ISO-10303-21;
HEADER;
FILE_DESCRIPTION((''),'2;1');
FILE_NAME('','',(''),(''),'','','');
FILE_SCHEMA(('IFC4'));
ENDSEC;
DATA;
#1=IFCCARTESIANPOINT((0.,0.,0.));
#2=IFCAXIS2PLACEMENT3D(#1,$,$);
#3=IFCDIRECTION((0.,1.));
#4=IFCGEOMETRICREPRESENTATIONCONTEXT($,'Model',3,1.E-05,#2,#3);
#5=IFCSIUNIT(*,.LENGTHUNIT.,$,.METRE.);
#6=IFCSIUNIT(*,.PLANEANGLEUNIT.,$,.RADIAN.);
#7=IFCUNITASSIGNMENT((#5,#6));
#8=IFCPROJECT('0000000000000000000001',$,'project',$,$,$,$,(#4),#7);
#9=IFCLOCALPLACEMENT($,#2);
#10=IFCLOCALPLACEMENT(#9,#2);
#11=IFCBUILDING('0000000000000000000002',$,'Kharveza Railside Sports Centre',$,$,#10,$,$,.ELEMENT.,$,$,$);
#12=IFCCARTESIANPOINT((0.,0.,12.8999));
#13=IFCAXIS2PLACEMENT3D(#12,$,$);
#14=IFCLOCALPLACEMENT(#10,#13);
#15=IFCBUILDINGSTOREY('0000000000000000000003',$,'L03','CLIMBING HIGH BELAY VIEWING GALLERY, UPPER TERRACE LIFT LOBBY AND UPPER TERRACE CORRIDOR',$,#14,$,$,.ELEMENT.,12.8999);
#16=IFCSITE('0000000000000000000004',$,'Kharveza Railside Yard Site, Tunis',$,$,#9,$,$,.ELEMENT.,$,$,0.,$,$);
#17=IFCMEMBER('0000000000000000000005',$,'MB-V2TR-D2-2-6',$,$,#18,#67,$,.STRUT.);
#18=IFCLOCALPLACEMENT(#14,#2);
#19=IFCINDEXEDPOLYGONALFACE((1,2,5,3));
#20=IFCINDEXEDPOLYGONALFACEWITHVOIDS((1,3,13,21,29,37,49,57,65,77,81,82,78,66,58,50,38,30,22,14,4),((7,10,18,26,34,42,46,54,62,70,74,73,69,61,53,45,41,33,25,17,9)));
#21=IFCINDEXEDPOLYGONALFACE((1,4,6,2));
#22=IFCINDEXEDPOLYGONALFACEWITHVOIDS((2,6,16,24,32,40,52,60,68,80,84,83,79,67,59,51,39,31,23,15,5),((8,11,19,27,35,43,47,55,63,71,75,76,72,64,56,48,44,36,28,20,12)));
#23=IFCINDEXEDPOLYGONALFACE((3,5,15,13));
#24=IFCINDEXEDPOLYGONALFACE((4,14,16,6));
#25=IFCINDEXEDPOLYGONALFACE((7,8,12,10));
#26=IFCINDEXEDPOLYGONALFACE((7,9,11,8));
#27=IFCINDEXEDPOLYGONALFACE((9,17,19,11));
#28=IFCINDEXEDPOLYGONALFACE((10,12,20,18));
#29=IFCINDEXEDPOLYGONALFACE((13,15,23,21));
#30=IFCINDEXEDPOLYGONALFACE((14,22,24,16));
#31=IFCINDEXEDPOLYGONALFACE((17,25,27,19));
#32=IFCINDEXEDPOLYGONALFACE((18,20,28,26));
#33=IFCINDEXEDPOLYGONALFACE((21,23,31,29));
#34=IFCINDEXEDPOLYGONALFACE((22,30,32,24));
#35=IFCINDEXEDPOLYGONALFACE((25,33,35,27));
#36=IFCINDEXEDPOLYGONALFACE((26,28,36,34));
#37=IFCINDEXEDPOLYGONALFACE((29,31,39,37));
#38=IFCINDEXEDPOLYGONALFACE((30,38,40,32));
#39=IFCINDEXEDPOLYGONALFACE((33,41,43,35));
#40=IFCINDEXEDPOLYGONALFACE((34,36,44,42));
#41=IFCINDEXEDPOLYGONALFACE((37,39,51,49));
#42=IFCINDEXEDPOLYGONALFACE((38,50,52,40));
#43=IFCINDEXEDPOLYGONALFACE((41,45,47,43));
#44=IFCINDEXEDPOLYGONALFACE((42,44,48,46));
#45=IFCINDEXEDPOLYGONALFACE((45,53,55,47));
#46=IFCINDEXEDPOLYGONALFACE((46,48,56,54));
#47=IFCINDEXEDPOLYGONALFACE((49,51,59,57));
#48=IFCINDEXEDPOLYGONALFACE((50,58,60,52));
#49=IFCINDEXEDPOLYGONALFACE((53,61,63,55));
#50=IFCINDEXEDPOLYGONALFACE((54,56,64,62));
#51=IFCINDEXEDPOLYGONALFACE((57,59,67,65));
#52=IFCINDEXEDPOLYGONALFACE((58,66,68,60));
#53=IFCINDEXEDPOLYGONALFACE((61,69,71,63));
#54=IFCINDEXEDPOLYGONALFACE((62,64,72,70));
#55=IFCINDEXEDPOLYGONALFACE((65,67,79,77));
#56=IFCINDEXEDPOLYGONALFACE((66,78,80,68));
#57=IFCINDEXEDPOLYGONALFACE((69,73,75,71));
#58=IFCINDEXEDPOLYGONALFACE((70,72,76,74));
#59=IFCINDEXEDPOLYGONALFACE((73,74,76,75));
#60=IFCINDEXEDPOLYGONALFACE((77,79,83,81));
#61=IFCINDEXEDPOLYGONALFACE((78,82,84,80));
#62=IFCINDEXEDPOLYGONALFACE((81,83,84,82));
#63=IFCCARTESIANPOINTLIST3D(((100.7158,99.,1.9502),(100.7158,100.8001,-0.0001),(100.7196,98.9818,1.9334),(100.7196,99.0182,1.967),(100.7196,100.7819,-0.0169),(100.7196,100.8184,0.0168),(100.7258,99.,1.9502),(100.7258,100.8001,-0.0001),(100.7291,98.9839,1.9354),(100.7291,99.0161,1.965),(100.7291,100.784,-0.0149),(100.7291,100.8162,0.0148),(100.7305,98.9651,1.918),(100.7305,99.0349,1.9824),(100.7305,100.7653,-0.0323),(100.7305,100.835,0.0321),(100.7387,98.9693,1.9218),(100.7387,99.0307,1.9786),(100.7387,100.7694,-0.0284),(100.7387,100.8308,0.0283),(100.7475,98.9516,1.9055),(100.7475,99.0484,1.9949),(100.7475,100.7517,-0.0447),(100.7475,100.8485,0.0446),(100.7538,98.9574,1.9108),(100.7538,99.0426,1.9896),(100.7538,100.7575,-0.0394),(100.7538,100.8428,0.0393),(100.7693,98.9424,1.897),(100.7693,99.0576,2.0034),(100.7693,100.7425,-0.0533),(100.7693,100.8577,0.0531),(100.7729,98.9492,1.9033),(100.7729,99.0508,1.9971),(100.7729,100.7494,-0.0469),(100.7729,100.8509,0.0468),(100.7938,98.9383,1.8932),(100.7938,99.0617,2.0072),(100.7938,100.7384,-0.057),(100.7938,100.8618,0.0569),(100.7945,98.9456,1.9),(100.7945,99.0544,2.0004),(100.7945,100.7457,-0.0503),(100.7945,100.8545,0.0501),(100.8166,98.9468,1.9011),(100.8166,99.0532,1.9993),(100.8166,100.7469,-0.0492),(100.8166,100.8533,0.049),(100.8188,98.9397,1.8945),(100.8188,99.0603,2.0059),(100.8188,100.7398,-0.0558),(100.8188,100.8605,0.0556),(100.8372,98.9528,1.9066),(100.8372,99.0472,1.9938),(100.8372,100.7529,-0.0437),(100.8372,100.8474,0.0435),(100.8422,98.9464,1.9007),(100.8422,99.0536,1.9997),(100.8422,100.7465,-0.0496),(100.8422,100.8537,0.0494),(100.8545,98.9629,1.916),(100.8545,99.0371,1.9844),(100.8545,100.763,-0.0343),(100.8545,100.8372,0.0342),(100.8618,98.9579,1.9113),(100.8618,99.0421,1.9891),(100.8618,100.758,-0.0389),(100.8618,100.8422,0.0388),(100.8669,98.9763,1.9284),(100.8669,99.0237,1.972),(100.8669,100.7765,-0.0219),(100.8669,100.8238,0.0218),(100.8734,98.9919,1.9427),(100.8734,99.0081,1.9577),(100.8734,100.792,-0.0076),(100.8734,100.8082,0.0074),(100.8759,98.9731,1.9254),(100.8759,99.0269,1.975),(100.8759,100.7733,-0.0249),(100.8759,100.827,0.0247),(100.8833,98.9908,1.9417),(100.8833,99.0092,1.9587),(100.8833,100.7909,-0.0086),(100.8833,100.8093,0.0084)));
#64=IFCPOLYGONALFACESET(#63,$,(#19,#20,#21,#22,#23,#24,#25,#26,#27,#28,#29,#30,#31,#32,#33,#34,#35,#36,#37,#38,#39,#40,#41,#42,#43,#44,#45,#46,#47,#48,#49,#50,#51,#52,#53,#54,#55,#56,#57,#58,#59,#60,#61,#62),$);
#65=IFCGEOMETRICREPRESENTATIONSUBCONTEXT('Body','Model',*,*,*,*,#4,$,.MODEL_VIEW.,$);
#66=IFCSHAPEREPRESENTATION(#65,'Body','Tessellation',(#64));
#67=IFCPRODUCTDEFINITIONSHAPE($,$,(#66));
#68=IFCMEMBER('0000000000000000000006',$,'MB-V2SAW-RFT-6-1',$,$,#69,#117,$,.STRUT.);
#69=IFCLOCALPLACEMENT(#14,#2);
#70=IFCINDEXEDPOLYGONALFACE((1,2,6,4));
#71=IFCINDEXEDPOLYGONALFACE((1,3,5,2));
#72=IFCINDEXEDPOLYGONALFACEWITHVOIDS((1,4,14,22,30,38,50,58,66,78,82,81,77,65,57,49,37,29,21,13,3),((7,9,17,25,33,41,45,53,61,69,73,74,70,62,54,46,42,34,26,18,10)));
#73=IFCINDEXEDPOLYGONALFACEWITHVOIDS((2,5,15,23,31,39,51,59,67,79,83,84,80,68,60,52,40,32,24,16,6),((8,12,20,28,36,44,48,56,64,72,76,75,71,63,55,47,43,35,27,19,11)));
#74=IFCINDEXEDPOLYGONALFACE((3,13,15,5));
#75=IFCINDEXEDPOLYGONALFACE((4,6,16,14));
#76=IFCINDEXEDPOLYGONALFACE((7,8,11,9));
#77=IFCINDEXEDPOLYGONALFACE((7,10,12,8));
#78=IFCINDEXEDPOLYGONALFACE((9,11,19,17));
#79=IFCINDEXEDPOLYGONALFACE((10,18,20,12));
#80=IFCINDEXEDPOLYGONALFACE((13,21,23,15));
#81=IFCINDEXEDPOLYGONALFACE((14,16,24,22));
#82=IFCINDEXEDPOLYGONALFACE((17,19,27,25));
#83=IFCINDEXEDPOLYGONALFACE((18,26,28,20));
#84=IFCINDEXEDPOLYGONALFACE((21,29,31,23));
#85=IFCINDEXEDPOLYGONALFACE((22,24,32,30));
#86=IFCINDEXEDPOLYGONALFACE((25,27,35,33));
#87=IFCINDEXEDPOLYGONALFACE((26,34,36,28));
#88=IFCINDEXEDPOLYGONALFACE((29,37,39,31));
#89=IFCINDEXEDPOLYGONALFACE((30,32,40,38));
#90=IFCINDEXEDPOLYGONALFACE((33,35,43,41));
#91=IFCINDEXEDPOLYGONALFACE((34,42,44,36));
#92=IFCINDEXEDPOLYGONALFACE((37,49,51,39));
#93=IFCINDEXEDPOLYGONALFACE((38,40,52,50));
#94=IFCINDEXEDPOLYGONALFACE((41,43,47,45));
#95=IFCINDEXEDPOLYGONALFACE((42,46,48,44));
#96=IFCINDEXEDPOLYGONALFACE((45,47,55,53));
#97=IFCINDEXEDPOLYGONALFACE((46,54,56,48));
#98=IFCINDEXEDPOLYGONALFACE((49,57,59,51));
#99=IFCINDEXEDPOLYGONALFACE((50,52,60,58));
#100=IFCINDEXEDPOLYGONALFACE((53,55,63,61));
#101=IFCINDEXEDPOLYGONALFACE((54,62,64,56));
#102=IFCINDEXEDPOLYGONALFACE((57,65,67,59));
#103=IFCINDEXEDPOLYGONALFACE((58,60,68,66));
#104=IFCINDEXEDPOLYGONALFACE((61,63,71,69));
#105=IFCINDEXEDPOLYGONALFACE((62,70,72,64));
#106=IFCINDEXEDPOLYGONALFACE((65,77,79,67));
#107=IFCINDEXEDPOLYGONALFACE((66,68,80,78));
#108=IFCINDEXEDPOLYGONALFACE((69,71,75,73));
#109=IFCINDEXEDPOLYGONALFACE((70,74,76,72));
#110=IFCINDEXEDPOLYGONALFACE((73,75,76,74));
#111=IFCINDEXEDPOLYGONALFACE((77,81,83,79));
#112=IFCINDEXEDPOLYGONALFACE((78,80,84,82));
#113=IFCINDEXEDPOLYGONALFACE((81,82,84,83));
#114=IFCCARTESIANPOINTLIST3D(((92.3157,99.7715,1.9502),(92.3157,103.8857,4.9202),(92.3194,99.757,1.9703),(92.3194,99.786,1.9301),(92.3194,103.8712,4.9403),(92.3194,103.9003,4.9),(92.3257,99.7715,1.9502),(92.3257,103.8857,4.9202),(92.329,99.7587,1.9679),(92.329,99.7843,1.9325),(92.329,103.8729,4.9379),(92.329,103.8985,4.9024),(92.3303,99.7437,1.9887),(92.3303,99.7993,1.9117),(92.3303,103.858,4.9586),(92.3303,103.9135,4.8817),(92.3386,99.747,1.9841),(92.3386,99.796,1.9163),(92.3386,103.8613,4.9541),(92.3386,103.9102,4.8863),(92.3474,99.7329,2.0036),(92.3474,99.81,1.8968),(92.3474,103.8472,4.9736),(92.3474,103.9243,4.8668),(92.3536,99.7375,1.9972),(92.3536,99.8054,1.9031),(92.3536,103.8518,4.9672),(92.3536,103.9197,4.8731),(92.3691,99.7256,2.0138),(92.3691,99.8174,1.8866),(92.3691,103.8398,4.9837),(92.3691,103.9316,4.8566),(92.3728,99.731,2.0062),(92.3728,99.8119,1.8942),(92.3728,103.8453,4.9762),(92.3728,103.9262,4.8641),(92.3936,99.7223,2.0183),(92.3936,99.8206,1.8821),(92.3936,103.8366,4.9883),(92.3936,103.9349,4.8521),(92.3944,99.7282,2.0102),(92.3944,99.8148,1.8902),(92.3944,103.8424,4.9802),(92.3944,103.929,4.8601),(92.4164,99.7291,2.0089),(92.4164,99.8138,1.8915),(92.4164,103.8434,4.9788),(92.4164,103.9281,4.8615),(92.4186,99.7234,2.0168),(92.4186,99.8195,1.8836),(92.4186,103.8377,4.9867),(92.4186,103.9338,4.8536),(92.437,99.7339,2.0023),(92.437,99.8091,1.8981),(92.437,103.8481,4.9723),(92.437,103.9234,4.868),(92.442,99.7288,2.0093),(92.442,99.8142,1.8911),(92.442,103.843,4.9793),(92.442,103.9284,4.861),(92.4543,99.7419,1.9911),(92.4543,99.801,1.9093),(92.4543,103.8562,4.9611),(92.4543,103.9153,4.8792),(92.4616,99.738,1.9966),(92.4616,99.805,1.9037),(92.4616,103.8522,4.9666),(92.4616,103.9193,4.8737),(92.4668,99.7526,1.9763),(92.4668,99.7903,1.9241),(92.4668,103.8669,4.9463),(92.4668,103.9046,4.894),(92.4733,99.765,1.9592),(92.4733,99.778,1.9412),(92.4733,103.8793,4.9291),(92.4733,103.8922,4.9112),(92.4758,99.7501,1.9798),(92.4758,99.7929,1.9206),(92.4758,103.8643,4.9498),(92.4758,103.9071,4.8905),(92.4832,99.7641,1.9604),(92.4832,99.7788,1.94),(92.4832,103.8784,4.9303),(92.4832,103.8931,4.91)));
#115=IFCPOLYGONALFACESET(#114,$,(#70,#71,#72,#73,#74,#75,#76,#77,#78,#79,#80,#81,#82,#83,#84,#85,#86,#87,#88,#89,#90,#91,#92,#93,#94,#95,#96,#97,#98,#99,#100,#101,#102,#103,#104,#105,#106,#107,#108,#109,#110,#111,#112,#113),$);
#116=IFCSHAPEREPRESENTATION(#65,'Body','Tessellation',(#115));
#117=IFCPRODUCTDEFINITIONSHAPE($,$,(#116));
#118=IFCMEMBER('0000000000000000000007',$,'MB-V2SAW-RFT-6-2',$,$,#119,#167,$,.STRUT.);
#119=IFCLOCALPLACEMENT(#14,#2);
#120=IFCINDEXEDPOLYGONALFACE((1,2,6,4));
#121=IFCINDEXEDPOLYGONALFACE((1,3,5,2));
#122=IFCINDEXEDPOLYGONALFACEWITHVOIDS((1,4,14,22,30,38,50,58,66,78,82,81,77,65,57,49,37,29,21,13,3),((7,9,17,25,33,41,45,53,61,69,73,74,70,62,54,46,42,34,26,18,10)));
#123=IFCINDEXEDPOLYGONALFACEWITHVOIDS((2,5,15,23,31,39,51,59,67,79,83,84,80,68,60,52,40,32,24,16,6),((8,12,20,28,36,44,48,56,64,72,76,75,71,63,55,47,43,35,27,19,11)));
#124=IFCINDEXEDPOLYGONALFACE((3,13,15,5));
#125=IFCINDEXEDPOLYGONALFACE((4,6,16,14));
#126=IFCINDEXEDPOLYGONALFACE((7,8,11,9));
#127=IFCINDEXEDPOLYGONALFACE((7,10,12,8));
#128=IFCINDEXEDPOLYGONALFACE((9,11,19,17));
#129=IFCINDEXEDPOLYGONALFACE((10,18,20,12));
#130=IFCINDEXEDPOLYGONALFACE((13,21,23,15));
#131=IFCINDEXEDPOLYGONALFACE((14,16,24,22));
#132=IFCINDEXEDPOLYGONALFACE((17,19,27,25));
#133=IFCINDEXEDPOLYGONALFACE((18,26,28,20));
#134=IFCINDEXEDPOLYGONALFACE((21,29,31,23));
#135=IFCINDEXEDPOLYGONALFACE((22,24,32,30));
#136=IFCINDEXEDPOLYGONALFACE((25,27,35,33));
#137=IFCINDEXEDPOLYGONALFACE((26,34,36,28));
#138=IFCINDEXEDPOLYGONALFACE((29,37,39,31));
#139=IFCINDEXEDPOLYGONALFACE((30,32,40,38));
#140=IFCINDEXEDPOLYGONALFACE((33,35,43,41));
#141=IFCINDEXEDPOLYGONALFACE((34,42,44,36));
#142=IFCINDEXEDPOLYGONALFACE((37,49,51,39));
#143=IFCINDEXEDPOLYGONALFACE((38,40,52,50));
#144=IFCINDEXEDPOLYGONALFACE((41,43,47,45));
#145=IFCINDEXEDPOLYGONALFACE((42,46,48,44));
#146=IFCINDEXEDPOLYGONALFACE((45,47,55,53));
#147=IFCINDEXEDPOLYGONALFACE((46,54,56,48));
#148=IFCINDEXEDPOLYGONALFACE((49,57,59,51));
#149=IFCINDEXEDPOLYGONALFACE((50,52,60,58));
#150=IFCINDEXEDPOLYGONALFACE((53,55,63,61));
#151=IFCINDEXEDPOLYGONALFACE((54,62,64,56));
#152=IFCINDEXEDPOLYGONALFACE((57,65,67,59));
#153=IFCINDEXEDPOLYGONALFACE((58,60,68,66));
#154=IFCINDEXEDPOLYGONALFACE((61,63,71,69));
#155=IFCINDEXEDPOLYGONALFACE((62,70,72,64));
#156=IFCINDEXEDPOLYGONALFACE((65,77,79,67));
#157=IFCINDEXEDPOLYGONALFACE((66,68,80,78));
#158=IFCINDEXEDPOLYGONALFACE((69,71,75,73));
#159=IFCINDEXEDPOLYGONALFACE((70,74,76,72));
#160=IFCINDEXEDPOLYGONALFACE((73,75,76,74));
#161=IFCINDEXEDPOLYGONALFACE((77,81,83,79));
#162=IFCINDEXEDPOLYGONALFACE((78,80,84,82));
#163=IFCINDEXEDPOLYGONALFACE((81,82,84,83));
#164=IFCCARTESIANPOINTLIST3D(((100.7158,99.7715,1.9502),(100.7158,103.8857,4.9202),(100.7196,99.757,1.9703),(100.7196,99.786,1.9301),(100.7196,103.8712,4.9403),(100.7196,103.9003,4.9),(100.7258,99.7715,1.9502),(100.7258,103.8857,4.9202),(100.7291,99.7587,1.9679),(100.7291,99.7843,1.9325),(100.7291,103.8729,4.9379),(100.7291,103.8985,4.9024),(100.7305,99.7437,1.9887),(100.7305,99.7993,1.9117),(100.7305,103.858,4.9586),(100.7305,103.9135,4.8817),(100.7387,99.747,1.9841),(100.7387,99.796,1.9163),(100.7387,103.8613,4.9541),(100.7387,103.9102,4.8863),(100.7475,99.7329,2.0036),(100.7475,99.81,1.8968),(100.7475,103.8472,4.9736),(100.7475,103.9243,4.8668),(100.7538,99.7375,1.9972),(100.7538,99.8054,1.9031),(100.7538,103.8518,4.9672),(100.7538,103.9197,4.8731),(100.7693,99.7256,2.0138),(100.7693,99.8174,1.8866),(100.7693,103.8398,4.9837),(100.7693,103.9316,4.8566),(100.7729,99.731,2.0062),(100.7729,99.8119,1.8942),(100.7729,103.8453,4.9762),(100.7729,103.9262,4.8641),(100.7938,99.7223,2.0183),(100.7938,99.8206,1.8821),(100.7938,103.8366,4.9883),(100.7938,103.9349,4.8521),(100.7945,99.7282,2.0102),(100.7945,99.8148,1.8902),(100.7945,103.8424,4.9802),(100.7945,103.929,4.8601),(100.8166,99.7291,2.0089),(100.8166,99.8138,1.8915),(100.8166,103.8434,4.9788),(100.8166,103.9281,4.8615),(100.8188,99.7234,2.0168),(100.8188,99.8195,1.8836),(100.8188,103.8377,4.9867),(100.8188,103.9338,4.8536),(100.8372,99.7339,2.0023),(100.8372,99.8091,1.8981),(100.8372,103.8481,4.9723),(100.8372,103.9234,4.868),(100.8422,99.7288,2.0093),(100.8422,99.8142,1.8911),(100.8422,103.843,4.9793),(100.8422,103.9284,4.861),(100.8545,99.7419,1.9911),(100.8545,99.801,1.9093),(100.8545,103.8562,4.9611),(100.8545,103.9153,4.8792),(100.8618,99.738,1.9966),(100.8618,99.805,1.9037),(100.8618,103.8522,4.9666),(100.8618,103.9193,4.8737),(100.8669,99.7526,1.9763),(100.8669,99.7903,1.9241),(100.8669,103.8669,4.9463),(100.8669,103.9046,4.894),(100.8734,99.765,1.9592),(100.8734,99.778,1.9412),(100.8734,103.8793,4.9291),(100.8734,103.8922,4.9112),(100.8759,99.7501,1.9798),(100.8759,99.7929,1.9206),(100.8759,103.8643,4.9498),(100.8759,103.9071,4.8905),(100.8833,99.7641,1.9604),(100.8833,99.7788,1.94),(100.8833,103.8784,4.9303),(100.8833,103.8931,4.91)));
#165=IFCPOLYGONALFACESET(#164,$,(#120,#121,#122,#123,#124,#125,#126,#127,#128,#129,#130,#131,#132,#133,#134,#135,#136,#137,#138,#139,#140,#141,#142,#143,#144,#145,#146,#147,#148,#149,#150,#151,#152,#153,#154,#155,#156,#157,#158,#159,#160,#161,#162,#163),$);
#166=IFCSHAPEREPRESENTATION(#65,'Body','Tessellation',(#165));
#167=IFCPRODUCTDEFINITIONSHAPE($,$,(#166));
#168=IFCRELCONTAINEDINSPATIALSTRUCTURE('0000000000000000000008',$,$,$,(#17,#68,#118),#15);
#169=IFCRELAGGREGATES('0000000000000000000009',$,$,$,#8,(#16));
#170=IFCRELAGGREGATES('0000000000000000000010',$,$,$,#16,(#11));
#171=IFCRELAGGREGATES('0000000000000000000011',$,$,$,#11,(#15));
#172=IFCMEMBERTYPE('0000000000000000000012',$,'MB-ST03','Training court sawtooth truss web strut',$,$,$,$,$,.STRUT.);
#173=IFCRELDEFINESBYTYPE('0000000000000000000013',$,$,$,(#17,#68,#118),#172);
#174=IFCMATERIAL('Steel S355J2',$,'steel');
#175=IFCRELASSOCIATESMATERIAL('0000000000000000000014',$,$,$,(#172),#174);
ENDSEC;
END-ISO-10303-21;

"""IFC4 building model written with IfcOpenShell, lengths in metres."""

from ifc_helpers import new_model, si_unit, direction, frame, origin, origin_2d, place, context, subcontext, project, spatial, hollow_circle, extrude, material, material_profile, profile_set, type_object, element, save


model = new_model("IFC4")

# Units and contexts
model_context = context("Model", 3, precision=1e-05, world=origin(), true_north=direction((0.0, 1.0)))
body_context = subcontext(model_context, "Body", "Model", "MODEL_VIEW")
ifc_project = project(units=[si_unit("LENGTHUNIT", "METRE"), si_unit("PLANEANGLEUNIT", "RADIAN")], contexts=[model_context])

# Site, building, storey
site_placement = place(None, origin())
site = spatial("IfcSite", under=ifc_project, at=site_placement, Name="Kharveza Railside Yard Site, Tunis", CompositionType="ELEMENT", RefElevation=0.0)
building_placement = place(site_placement, origin())
building = spatial("IfcBuilding", under=site, at=building_placement, Name="Kharveza Railside Sports Centre", CompositionType="ELEMENT")
storey_placement = place(building_placement, frame((0.0, 0.0, 12.8999)))
storey = spatial("IfcBuildingStorey", under=building, at=storey_placement, Name="L03", Description="CLIMBING HIGH BELAY VIEWING GALLERY, UPPER TERRACE LIFT LOBBY AND UPPER TERRACE CORRIDOR", CompositionType="ELEMENT", Elevation=12.8999)

# Shared definitions
ifc_material_1 = material(Name="Steel S355J2", Category="steel")

# Members
ifc_material_profile_1 = material_profile(ifc_material_1, hollow_circle(Radius=0.0842, WallThickness=0.01, at=origin_2d()), Name="CHS 168.3x10.0")
ifc_profile_set_1 = profile_set([ifc_material_profile_1], Name="Steel S355J2")
member_type_1 = type_object("IfcMemberType", Name="MB-ST03", Description="Training court sawtooth truss web strut", PredefinedType="STRUT", material=ifc_profile_set_1)
for number, where, z_axis, x_axis, name in (
    (1, (100.8, 99.0, 1.9502), (0.0, 0.678253, -0.734828), (-1.0, 0.0, 0.0), "MB-V2TR-D2-2-6"),
):
    element("IfcMember", number, at=place(storey_placement, frame(where, z_axis=z_axis, x_axis=x_axis)), inside=storey, type_object=member_type_1, Name=name, PredefinedType="STRUT", context=body_context, shape_type="SweptSolid", body=[
        extrude(hollow_circle(Radius=0.0842, WallThickness=0.01, at=origin_2d()), origin(), (0.0, 0.0, 1.0), 2.6541),
    ])
for number, where, z_axis, x_axis, name in (
    (2, (92.3999, 99.7715, 1.9502), (0.0, 0.810814, 0.585304), (-1.0, 0.0, 0.0), "MB-V2SAW-RFT-6-1"),
    (3, (100.8, 99.7715, 1.9502), (0.0, 0.810814, 0.585304), (-1.0, 0.0, 0.0), "MB-V2SAW-RFT-6-2"),
):
    element("IfcMember", number, at=place(storey_placement, frame(where, z_axis=z_axis, x_axis=x_axis)), inside=storey, type_object=member_type_1, Name=name, PredefinedType="STRUT", context=body_context, shape_type="SweptSolid", body=[
        extrude(hollow_circle(Radius=0.0842, WallThickness=0.01, at=origin_2d()), origin(), (0.0, 0.0, 1.0), 5.0742),
    ])

save(model, "model.ifc")
